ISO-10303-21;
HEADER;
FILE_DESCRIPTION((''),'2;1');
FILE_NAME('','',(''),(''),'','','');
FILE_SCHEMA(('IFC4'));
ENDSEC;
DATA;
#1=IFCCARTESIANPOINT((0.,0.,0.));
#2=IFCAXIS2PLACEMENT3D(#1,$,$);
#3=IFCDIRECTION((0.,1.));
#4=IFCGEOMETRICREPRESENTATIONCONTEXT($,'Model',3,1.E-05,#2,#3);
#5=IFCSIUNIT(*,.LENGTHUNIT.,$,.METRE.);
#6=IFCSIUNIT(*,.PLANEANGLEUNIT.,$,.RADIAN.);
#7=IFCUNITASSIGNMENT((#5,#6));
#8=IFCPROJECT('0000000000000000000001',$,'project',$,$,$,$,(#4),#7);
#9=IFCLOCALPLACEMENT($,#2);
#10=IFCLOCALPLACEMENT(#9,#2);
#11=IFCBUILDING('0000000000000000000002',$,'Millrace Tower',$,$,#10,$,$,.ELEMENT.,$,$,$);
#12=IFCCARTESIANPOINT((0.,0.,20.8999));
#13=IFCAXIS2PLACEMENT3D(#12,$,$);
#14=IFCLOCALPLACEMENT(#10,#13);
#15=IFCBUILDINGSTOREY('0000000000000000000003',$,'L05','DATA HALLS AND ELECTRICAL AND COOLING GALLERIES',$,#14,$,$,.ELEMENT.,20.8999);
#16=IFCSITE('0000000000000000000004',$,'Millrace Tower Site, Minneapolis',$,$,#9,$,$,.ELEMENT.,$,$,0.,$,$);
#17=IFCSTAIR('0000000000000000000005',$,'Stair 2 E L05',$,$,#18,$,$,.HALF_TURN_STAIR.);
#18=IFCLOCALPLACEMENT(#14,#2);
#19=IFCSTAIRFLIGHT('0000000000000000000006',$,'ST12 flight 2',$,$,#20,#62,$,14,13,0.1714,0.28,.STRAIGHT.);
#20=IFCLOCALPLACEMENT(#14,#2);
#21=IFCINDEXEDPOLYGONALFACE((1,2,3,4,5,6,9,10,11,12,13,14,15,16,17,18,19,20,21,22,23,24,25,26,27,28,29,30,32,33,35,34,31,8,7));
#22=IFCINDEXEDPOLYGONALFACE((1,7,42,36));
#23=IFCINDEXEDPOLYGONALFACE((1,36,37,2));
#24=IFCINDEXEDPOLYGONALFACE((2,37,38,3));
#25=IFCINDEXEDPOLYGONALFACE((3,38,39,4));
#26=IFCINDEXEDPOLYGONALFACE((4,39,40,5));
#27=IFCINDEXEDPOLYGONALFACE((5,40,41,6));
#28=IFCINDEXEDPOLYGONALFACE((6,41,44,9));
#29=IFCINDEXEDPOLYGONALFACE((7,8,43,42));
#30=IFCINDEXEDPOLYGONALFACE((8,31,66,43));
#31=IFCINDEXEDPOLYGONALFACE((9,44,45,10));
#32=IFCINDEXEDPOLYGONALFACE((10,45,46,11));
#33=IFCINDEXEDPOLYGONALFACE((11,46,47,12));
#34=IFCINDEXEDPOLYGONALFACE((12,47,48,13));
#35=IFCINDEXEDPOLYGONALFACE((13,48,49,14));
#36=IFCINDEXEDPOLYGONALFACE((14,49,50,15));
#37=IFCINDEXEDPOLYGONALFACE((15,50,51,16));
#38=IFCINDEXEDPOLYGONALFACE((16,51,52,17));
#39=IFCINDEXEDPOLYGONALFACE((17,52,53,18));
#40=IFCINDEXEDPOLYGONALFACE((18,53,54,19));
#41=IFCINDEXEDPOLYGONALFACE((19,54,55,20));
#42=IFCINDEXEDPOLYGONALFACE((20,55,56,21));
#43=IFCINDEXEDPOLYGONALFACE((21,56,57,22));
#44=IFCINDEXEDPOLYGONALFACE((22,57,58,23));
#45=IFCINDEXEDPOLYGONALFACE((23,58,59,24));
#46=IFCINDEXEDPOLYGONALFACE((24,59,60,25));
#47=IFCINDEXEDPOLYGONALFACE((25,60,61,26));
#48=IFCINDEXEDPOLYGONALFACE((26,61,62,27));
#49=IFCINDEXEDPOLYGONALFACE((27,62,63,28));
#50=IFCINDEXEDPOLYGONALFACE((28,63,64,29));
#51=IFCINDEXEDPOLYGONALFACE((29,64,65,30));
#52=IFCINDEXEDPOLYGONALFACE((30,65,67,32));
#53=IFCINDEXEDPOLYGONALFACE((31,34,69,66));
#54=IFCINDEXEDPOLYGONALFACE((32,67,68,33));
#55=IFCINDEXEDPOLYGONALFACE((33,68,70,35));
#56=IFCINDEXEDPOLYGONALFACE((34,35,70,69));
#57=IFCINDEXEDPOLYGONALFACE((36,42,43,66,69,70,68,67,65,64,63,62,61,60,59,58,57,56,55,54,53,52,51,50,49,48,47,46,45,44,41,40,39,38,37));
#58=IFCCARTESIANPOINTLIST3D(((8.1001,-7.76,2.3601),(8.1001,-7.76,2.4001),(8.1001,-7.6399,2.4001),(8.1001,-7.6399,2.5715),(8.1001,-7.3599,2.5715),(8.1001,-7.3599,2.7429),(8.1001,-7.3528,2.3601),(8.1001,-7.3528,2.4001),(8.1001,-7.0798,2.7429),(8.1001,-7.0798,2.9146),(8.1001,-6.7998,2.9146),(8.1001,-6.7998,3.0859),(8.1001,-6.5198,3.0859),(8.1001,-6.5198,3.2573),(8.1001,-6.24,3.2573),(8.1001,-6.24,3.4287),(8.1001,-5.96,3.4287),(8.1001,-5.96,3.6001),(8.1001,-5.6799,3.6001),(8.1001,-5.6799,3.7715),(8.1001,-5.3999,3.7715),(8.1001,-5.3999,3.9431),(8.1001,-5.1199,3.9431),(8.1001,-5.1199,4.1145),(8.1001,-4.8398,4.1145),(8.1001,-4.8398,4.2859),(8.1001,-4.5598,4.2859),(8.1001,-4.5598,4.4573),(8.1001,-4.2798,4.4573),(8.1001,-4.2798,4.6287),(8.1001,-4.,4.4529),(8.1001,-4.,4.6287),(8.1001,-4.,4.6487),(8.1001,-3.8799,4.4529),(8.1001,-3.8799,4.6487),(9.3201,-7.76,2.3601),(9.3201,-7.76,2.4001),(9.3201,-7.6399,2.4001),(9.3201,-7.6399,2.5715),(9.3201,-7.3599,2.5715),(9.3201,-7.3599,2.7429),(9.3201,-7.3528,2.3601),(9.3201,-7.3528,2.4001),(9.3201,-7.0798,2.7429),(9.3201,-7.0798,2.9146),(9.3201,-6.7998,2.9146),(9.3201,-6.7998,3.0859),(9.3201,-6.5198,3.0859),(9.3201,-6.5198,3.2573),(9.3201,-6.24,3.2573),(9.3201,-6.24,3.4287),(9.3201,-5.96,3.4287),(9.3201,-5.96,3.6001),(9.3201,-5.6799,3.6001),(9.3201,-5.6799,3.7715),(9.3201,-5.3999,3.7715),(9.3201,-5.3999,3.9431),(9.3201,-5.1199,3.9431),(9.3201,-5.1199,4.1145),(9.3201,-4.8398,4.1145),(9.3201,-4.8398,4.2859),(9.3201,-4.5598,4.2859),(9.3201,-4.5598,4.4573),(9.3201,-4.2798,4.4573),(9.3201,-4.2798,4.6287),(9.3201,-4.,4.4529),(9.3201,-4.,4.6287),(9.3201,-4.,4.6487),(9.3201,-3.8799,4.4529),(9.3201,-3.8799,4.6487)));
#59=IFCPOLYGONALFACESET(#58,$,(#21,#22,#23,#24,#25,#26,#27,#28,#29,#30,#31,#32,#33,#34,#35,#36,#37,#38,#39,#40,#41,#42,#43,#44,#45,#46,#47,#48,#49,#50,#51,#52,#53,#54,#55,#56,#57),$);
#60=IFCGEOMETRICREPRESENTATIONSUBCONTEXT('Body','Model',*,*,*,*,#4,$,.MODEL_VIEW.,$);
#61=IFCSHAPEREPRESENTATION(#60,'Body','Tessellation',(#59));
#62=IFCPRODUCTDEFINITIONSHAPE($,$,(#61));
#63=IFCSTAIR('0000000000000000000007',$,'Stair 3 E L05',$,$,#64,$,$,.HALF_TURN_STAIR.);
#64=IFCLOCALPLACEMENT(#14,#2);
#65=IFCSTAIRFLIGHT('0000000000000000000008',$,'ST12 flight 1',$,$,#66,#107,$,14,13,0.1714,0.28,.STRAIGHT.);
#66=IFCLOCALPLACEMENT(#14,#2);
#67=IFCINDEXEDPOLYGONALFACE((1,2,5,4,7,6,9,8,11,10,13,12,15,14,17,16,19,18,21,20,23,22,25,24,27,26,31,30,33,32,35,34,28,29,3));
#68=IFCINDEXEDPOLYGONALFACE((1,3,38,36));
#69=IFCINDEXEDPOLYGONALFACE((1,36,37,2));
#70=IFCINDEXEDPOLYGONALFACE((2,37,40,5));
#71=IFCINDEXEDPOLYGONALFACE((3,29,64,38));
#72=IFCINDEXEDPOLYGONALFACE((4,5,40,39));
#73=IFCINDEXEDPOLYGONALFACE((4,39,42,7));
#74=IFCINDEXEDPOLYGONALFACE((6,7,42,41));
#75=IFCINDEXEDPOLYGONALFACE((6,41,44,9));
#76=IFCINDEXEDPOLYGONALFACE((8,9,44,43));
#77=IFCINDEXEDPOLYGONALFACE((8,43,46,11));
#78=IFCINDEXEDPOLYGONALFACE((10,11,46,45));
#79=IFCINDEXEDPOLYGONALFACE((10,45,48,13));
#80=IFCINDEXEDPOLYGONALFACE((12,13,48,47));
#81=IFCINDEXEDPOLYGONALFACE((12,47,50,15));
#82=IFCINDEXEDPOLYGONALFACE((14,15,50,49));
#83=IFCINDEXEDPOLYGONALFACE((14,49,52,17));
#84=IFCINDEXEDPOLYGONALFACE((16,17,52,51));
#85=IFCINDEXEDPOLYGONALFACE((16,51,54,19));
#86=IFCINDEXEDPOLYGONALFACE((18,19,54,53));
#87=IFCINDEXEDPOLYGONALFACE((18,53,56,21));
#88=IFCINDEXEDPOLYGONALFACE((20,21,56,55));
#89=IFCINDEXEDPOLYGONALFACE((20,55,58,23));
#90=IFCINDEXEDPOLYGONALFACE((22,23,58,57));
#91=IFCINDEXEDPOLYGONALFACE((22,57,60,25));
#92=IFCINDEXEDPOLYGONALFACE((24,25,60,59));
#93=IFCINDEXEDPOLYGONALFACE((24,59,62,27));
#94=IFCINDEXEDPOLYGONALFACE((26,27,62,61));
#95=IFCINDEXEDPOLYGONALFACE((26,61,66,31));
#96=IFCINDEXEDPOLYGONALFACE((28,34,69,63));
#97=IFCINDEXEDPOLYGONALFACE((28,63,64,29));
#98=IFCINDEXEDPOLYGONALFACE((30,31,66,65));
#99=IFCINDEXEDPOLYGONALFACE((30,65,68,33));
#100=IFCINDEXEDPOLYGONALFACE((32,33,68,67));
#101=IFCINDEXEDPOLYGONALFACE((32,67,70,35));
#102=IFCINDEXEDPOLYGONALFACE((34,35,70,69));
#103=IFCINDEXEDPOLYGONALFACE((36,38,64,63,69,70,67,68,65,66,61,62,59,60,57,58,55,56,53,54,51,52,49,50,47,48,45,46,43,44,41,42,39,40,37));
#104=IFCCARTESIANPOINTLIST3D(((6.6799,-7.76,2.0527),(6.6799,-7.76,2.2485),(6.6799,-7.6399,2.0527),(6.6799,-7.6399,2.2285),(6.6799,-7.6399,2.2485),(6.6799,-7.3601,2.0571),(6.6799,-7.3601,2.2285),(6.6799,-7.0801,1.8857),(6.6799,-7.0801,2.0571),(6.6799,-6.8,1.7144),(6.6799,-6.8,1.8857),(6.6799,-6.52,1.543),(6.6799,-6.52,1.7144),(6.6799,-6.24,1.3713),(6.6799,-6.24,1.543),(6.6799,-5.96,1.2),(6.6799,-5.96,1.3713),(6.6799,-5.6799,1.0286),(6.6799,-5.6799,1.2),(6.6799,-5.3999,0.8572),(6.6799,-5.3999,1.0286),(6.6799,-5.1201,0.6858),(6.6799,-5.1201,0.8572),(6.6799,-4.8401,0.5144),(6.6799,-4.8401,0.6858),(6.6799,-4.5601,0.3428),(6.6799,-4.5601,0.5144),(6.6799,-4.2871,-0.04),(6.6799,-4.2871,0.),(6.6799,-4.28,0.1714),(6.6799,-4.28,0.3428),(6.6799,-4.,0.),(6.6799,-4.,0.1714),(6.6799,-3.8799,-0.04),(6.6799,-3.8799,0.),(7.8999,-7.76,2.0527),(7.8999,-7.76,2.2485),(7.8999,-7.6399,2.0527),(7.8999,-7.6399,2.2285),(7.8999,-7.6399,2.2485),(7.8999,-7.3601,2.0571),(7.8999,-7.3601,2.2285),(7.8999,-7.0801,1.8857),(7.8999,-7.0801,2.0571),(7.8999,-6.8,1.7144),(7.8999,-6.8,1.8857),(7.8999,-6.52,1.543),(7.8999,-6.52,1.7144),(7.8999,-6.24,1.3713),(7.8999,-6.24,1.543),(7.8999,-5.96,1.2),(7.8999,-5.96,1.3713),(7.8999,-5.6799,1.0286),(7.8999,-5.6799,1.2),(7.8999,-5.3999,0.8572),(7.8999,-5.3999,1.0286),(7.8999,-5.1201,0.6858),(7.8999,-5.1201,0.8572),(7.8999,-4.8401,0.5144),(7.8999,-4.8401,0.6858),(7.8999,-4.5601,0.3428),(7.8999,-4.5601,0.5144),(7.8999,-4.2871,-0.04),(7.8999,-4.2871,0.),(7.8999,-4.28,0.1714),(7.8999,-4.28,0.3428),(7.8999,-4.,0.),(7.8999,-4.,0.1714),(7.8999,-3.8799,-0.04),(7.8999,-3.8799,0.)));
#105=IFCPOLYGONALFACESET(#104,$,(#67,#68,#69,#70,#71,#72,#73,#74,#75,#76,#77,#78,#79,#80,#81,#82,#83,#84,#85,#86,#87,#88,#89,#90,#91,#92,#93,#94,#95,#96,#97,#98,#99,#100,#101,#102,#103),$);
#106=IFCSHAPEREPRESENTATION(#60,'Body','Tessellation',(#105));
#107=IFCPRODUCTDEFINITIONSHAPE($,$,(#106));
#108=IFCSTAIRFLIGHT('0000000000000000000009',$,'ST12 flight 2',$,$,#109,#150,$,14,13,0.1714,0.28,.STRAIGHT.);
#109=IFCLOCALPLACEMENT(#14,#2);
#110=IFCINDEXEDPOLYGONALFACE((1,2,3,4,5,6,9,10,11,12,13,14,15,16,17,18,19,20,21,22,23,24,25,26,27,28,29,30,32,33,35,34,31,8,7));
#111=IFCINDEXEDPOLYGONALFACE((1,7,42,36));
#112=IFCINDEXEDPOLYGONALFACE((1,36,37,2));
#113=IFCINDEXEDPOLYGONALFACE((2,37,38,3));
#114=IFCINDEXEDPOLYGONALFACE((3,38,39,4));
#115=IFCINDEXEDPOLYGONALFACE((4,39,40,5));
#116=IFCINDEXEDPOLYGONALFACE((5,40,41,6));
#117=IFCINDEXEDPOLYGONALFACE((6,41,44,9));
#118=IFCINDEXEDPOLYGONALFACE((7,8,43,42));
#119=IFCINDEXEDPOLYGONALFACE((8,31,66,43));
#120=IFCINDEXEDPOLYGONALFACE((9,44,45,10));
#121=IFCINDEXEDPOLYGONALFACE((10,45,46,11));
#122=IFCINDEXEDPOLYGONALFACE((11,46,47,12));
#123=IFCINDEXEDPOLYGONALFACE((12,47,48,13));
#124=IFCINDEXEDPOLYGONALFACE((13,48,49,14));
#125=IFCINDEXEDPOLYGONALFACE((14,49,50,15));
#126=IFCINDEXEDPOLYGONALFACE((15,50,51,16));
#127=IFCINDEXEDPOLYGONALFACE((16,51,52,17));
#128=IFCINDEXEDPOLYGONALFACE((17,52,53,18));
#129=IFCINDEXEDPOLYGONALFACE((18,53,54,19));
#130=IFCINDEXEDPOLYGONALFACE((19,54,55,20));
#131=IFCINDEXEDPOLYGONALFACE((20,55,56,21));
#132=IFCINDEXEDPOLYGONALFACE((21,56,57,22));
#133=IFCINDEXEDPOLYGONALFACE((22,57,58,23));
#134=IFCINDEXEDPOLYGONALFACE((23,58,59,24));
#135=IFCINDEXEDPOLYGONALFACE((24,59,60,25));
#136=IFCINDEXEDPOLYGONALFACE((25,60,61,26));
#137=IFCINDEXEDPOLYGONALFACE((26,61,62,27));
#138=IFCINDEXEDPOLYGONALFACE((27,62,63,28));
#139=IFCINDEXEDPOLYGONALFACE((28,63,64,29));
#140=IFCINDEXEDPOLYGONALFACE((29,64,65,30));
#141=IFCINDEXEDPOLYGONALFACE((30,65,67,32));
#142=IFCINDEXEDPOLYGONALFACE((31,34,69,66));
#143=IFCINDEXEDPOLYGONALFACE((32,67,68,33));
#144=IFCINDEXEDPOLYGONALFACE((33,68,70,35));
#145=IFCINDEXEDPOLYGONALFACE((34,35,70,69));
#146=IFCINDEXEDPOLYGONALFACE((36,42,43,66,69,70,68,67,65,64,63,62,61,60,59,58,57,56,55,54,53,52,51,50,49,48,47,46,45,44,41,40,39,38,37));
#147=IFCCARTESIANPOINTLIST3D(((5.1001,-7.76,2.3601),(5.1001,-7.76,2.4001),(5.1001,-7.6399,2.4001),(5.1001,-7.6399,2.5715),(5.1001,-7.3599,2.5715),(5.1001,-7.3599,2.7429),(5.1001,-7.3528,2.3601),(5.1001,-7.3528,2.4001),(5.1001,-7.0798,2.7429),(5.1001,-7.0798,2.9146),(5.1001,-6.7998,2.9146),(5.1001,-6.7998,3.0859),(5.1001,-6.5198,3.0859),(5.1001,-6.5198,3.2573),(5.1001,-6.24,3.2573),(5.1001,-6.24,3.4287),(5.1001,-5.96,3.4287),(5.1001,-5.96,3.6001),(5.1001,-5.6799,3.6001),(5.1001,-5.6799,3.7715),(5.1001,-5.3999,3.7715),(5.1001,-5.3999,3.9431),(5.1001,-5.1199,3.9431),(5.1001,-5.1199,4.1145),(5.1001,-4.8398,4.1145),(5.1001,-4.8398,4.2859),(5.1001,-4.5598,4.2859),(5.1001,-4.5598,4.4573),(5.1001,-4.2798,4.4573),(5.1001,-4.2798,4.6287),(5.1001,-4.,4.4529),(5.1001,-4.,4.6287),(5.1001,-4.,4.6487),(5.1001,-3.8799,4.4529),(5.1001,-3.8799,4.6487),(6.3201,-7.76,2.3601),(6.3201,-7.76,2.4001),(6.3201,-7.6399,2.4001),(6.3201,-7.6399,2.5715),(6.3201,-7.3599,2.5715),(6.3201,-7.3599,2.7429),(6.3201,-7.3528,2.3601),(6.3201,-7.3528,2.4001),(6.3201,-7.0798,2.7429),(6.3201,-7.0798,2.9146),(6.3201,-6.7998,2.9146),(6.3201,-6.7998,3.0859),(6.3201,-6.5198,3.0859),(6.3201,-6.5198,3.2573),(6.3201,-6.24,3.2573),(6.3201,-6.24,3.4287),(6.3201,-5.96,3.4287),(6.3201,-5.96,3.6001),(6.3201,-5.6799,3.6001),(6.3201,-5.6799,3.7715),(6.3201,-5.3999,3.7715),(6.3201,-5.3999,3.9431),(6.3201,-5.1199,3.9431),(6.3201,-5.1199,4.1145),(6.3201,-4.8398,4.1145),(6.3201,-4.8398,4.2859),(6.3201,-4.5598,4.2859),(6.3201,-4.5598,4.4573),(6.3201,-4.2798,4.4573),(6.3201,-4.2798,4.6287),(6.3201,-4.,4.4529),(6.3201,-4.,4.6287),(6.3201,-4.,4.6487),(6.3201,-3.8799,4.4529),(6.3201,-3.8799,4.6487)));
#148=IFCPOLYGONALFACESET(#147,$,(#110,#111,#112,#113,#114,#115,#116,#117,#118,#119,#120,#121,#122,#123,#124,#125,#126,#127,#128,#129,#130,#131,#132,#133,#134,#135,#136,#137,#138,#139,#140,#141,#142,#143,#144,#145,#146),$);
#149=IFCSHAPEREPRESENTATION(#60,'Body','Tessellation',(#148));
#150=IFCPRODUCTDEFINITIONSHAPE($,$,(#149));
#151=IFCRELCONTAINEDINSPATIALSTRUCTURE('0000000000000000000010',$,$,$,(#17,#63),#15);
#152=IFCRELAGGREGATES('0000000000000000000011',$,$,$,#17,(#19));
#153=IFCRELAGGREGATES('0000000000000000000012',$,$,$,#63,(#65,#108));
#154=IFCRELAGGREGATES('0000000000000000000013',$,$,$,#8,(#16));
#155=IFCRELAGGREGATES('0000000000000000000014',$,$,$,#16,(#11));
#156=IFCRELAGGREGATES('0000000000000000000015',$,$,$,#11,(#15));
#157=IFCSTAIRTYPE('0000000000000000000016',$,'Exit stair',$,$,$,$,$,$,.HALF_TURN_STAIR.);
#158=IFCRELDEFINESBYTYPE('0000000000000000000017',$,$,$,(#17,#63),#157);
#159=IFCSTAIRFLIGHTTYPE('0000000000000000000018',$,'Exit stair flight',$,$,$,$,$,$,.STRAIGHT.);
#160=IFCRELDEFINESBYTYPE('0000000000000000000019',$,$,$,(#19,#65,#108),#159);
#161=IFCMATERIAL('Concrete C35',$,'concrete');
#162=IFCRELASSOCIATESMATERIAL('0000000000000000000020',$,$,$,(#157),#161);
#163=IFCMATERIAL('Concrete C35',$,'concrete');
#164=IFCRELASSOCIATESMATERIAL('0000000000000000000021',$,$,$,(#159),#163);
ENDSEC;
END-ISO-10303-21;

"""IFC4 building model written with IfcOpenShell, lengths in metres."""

from ifc_helpers import new_model, si_unit, direction, frame, origin, place, context, subcontext, project, spatial, polyline, outline, extrude, material, type_object, element, aggregate, save


model = new_model("IFC4")

# Units and contexts
model_context = context("Model", 3, precision=1e-05, world=origin(), true_north=direction((0.0, 1.0)))
body_context = subcontext(model_context, "Body", "Model", "MODEL_VIEW")
ifc_project = project(units=[si_unit("LENGTHUNIT", "METRE"), si_unit("PLANEANGLEUNIT", "RADIAN")], contexts=[model_context])

# Site, building, storey
site_placement = place(None, origin())
site = spatial("IfcSite", under=ifc_project, at=site_placement, Name="Millrace Tower Site, Minneapolis", CompositionType="ELEMENT", RefElevation=0.0)
building_placement = place(site_placement, origin())
building = spatial("IfcBuilding", under=site, at=building_placement, Name="Millrace Tower", CompositionType="ELEMENT")
storey_placement = place(building_placement, frame((0.0, 0.0, 20.8999)))
storey = spatial("IfcBuildingStorey", under=building, at=storey_placement, Name="L05", Description="DATA HALLS AND ELECTRICAL AND COOLING GALLERIES", CompositionType="ELEMENT", Elevation=20.8999)

# Shared definitions
placement = place(storey_placement, origin())

# Stair, stair flight
ifc_material_1 = material(Name="Concrete C35", Category="concrete")
stair_type = type_object("IfcStairType", Name="Exit stair", PredefinedType="HALF_TURN_STAIR", material=ifc_material_1)
ifc_material_2 = material(Name="Concrete C35", Category="concrete")
stair_flight_type = type_object("IfcStairFlightType", Name="Exit stair flight", PredefinedType="STRAIGHT", material=ifc_material_2)
stair_1 = element("IfcStair", 1, at=placement, inside=storey, type_object=stair_type, Name="Stair 2 E L05", PredefinedType="HALF_TURN_STAIR")
stair_flight_1_placement = place(storey_placement, frame((8.71, -7.6399, 2.4001), z_axis=(0.0, 0.0, 1.0), x_axis=(0.0, 1.0, 0.0)))
stair_flight_1 = element("IfcStairFlight", 2, at=stair_flight_1_placement, type_object=stair_flight_type, Name="ST12 flight 2", NumberOfRisers=14, NumberOfTreads=13, PredefinedType="STRAIGHT", RiserHeight=0.1714, TreadLength=0.28, context=body_context, shape_type="SweptSolid", body=[
    extrude(outline(polyline([(-0.1201, -0.04), (-0.1201, 0.0), (0.0, 0.0), (0.0, 0.1714), (0.28, 0.1714), (0.28, 0.3428), (0.5601, 0.3428), (0.5601, 0.5144), (0.8401, 0.5144), (0.8401, 0.6858), (1.1201, 0.6858), (1.1201, 0.8572), (1.3999, 0.8572), (1.3999, 1.0286), (1.6799, 1.0286), (1.6799, 1.2), (1.96, 1.2), (1.96, 1.3713), (2.24, 1.3713), (2.24, 1.543), (2.52, 1.543), (2.52, 1.7144), (2.8, 1.7144), (2.8, 1.8857), (3.0801, 1.8857), (3.0801, 2.0571), (3.3601, 2.0571), (3.3601, 2.2285), (3.6399, 2.2285), (3.6399, 2.2485), (3.76, 2.2485), (3.76, 2.0527), (3.6399, 2.0527), (0.2871, 0.0), (0.2871, -0.04), (-0.1201, -0.04)])), frame((0.0, 0.6099, 0.0), z_axis=(0.0, -1.0, 0.0), x_axis=(1.0, 0.0, 0.0)), (0.0, 0.0, 1.0), 1.22),
])
aggregate(stair_1, [stair_flight_1])

# Stair, stair flights
stair_2 = element("IfcStair", 3, at=placement, inside=storey, type_object=stair_type, Name="Stair 3 E L05", PredefinedType="HALF_TURN_STAIR")
stair_flight_2_placement = place(storey_placement, frame((7.29, -4.0, 0.0), z_axis=(0.0, 0.0, 1.0), x_axis=(0.0, -1.0, 0.0)))
stair_flight_2 = element("IfcStairFlight", 4, at=stair_flight_2_placement, type_object=stair_flight_type, Name="ST12 flight 1", NumberOfRisers=14, NumberOfTreads=13, PredefinedType="STRAIGHT", RiserHeight=0.1714, TreadLength=0.28, context=body_context, shape_type="SweptSolid", body=[
    extrude(outline(polyline([(-0.1201, -0.04), (-0.1201, 0.0), (0.0, 0.0), (0.0, 0.1714), (0.28, 0.1714), (0.28, 0.3428), (0.5601, 0.3428), (0.5601, 0.5144), (0.8401, 0.5144), (0.8401, 0.6858), (1.1201, 0.6858), (1.1201, 0.8572), (1.3999, 0.8572), (1.3999, 1.0286), (1.6799, 1.0286), (1.6799, 1.2), (1.96, 1.2), (1.96, 1.3713), (2.24, 1.3713), (2.24, 1.543), (2.52, 1.543), (2.52, 1.7144), (2.8, 1.7144), (2.8, 1.8857), (3.0801, 1.8857), (3.0801, 2.0571), (3.3601, 2.0571), (3.3601, 2.2285), (3.6399, 2.2285), (3.6399, 2.2485), (3.76, 2.2485), (3.76, 2.0527), (3.6399, 2.0527), (0.2871, 0.0), (0.2871, -0.04), (-0.1201, -0.04)])), frame((0.0, 0.6099, 0.0), z_axis=(0.0, -1.0, 0.0), x_axis=(1.0, 0.0, 0.0)), (0.0, 0.0, 1.0), 1.22),
])
stair_flight_3_placement = place(storey_placement, frame((5.71, -7.6399, 2.4001), z_axis=(0.0, 0.0, 1.0), x_axis=(0.0, 1.0, 0.0)))
stair_flight_3 = element("IfcStairFlight", 5, at=stair_flight_3_placement, type_object=stair_flight_type, Name="ST12 flight 2", NumberOfRisers=14, NumberOfTreads=13, PredefinedType="STRAIGHT", RiserHeight=0.1714, TreadLength=0.28, context=body_context, shape_type="SweptSolid", body=[
    extrude(outline(polyline([(-0.1201, -0.04), (-0.1201, 0.0), (0.0, 0.0), (0.0, 0.1714), (0.28, 0.1714), (0.28, 0.3428), (0.5601, 0.3428), (0.5601, 0.5144), (0.8401, 0.5144), (0.8401, 0.6858), (1.1201, 0.6858), (1.1201, 0.8572), (1.3999, 0.8572), (1.3999, 1.0286), (1.6799, 1.0286), (1.6799, 1.2), (1.96, 1.2), (1.96, 1.3713), (2.24, 1.3713), (2.24, 1.543), (2.52, 1.543), (2.52, 1.7144), (2.8, 1.7144), (2.8, 1.8857), (3.0801, 1.8857), (3.0801, 2.0571), (3.3601, 2.0571), (3.3601, 2.2285), (3.6399, 2.2285), (3.6399, 2.2485), (3.76, 2.2485), (3.76, 2.0527), (3.6399, 2.0527), (0.2871, 0.0), (0.2871, -0.04), (-0.1201, -0.04)])), frame((0.0, 0.6099, 0.0), z_axis=(0.0, -1.0, 0.0), x_axis=(1.0, 0.0, 0.0)), (0.0, 0.0, 1.0), 1.22),
])
aggregate(stair_2, [stair_flight_2, stair_flight_3])

save(model, "model.ifc")
